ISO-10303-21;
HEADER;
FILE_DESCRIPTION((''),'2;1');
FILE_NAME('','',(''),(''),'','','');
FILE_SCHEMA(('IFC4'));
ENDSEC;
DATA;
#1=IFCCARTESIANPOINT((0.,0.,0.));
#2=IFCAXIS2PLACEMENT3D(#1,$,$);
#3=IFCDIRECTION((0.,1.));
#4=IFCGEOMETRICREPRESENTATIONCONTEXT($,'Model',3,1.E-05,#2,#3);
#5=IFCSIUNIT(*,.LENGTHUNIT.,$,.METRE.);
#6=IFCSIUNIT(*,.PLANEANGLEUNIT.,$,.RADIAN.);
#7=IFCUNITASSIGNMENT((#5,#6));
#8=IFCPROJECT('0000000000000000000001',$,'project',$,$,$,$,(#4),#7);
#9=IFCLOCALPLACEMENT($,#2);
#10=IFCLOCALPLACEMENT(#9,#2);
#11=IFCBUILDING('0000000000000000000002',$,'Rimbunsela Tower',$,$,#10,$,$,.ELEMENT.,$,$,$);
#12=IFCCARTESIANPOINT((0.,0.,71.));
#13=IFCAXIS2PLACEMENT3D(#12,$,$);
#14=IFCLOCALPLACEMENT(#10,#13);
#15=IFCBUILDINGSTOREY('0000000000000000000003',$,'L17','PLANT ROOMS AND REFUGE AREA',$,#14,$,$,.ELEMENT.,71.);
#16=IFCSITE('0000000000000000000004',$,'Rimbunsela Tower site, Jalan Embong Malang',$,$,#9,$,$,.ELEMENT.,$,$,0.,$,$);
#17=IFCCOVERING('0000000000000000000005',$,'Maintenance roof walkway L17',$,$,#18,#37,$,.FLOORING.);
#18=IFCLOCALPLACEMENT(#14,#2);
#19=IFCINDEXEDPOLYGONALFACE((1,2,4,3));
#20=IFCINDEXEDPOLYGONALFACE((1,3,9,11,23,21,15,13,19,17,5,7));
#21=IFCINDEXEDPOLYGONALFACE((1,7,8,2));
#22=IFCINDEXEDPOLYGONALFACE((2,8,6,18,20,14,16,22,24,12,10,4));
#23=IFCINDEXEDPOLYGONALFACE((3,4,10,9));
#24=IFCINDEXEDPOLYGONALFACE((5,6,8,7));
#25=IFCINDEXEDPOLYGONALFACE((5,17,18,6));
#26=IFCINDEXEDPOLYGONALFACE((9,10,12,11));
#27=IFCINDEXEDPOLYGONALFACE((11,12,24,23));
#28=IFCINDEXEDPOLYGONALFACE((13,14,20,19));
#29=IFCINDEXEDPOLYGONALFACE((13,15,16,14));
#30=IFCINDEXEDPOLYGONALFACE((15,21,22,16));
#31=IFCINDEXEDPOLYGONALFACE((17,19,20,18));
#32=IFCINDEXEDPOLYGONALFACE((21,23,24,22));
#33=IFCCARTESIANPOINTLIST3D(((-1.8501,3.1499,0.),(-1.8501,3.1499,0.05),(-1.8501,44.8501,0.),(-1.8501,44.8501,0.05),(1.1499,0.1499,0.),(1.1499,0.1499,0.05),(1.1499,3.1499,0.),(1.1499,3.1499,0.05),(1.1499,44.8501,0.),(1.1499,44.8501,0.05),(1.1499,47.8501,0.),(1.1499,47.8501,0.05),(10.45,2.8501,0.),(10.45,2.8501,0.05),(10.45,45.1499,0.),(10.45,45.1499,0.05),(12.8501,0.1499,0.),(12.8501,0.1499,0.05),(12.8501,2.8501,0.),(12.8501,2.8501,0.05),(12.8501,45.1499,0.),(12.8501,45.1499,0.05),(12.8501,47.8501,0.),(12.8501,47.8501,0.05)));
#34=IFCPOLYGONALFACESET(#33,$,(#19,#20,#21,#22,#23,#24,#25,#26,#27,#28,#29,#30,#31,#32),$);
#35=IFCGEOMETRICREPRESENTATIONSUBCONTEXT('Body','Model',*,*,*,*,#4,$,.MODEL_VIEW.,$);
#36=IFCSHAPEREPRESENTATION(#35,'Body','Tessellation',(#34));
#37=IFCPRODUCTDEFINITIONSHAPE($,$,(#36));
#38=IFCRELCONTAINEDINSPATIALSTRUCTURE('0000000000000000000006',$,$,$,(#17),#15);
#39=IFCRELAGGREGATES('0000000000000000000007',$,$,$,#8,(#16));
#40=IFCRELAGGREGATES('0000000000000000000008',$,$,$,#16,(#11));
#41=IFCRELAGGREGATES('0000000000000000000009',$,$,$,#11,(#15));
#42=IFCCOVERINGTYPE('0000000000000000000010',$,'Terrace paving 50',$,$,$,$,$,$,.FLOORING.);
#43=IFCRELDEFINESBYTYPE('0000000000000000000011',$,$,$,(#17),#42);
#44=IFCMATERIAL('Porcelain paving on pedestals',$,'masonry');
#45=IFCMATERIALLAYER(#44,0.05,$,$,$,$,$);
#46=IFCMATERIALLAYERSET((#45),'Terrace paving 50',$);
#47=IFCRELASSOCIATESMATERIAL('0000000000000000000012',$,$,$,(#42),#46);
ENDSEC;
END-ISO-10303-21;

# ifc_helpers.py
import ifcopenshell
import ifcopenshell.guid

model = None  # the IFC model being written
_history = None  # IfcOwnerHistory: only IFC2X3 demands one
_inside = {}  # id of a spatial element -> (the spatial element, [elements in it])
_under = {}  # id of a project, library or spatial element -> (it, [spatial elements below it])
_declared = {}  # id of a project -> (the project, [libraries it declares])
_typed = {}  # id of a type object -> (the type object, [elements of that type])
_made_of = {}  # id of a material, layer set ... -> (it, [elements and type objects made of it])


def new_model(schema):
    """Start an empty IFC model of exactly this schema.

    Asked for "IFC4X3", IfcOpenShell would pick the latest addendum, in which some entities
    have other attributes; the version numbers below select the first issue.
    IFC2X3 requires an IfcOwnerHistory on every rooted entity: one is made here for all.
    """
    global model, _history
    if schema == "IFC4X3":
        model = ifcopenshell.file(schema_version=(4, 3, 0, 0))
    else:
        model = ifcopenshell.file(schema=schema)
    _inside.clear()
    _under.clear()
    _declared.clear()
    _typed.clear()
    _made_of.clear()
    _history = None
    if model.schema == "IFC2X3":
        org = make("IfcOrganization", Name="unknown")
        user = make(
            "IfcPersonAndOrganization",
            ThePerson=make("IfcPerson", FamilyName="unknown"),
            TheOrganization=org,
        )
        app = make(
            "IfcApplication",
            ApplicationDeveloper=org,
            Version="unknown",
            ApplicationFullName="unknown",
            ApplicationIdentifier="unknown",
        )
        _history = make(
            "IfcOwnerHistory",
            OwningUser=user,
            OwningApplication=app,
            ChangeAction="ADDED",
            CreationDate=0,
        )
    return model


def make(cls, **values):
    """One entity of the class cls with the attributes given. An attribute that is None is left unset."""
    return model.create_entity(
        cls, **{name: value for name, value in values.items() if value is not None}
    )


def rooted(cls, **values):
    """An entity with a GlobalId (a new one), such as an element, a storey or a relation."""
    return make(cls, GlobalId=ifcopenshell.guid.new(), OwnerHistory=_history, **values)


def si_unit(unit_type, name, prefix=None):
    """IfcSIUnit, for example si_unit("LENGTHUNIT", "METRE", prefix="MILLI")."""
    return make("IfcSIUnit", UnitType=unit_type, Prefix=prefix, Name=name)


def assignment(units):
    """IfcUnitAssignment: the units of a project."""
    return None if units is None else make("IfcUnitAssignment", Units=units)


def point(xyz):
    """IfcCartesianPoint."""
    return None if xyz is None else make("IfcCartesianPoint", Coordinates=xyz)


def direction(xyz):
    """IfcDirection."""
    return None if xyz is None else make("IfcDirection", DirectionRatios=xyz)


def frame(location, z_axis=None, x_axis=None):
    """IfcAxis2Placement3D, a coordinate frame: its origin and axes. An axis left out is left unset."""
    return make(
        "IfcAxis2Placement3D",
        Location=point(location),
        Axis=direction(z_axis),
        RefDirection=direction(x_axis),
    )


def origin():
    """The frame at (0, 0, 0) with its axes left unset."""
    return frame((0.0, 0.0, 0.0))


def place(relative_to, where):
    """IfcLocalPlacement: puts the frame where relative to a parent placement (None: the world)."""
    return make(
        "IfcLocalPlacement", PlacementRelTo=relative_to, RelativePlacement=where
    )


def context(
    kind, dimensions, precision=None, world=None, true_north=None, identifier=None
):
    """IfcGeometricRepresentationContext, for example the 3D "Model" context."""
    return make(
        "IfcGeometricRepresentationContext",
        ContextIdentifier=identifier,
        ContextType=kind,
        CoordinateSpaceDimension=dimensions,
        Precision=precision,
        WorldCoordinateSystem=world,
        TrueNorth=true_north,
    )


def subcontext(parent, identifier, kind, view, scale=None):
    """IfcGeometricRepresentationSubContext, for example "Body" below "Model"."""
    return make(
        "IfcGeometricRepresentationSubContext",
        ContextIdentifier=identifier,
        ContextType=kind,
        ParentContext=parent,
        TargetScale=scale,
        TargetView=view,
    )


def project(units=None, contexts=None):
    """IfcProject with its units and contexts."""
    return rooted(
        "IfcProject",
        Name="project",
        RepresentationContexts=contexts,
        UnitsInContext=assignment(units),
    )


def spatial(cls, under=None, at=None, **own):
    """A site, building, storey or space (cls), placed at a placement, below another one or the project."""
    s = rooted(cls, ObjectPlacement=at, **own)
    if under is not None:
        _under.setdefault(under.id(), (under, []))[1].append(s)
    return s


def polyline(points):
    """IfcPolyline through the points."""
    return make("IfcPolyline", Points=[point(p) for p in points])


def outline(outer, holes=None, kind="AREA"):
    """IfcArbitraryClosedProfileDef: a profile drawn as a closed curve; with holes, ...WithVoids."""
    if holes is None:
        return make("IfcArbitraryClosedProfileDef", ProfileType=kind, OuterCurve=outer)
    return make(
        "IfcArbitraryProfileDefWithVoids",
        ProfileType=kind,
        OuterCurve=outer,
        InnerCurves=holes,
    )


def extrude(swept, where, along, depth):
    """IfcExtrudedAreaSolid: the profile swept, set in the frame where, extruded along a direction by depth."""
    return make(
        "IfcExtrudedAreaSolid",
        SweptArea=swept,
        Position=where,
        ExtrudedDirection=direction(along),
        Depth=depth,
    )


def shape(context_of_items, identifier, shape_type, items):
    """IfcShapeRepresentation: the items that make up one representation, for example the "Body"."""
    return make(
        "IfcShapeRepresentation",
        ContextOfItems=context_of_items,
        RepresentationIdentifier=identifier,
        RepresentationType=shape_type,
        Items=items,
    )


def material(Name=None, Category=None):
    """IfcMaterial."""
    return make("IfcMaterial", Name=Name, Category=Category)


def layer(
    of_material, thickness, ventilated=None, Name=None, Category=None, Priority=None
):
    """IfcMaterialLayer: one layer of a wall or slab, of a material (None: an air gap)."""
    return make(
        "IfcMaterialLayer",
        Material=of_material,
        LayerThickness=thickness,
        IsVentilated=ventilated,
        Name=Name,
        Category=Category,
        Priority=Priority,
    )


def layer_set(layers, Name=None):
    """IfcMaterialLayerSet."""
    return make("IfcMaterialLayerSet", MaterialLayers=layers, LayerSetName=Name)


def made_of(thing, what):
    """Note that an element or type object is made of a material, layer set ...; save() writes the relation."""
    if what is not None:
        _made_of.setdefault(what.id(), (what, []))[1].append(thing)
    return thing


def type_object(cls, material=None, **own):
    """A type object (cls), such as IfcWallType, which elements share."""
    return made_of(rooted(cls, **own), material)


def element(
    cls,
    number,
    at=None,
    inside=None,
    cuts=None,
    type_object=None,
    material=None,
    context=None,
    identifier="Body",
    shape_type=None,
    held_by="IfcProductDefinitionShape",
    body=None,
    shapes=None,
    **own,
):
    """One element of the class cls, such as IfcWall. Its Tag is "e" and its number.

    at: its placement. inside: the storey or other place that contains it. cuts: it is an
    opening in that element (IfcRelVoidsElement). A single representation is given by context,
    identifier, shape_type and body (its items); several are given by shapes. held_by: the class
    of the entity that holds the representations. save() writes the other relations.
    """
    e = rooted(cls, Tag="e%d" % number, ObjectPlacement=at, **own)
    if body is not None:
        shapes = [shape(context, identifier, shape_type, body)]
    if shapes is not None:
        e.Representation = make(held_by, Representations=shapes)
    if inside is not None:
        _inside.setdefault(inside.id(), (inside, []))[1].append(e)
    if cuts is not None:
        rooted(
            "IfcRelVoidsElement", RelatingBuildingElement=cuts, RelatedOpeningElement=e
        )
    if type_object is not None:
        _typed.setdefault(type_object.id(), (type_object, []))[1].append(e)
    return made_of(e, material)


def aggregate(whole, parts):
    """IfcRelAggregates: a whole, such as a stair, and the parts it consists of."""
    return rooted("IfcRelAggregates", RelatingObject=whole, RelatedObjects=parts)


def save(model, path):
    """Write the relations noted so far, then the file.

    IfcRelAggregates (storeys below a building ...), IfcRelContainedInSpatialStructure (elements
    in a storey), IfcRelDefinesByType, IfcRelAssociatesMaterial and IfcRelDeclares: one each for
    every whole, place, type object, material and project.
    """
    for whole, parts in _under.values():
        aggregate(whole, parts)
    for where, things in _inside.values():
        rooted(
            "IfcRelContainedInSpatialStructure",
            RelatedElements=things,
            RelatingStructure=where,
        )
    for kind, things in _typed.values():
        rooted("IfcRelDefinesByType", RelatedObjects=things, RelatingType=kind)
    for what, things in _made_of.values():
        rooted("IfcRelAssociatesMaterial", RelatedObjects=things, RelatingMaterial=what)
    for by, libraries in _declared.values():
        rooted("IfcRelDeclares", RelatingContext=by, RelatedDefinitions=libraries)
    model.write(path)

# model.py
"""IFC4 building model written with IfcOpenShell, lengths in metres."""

from ifc_helpers import new_model, si_unit, direction, frame, origin, place, context, subcontext, project, spatial, polyline, outline, extrude, material, layer, layer_set, type_object, element, save


model = new_model("IFC4")

# Units and contexts
model_context = context("Model", 3, precision=1e-05, world=origin(), true_north=direction((0.0, 1.0)))
body_context = subcontext(model_context, "Body", "Model", "MODEL_VIEW")
ifc_project = project(units=[si_unit("LENGTHUNIT", "METRE"), si_unit("PLANEANGLEUNIT", "RADIAN")], contexts=[model_context])

# Site, building, storey
site_placement = place(None, origin())
site = spatial("IfcSite", under=ifc_project, at=site_placement, Name="Rimbunsela Tower site, Jalan Embong Malang", CompositionType="ELEMENT", RefElevation=0.0)
building_placement = place(site_placement, origin())
building = spatial("IfcBuilding", under=site, at=building_placement, Name="Rimbunsela Tower", CompositionType="ELEMENT")
storey_placement = place(building_placement, frame((0.0, 0.0, 71.0)))
storey = spatial("IfcBuildingStorey", under=building, at=storey_placement, Name="L17", Description="PLANT ROOMS AND REFUGE AREA", CompositionType="ELEMENT", Elevation=71.0)

# Covering
ifc_material_1 = material(Name="Porcelain paving on pedestals", Category="masonry")
ifc_layer_1 = layer(ifc_material_1, 0.05)
ifc_layer_set_1 = layer_set([ifc_layer_1], Name="Terrace paving 50")
covering_type_1 = type_object("IfcCoveringType", Name="Terrace paving 50", PredefinedType="FLOORING", material=ifc_layer_set_1)
covering_1_placement = place(storey_placement, origin())
element("IfcCovering", 1, at=covering_1_placement, inside=storey, type_object=covering_type_1, Name="Maintenance roof walkway L17", PredefinedType="FLOORING", context=body_context, shape_type="SweptSolid", body=[
    extrude(outline(polyline([(1.1499, 0.1499), (1.1499, 3.1499), (-1.8501, 3.1499), (-1.8501, 44.8501), (1.1499, 44.8501), (1.1499, 47.8501), (12.8501, 47.8501), (12.8501, 45.1499), (10.45, 45.1499), (10.45, 2.8501), (12.8501, 2.8501), (12.8501, 0.1499), (1.1499, 0.1499)])), origin(), (0.0, 0.0, 1.0), 0.05),
])

save(model, "model.ifc")
